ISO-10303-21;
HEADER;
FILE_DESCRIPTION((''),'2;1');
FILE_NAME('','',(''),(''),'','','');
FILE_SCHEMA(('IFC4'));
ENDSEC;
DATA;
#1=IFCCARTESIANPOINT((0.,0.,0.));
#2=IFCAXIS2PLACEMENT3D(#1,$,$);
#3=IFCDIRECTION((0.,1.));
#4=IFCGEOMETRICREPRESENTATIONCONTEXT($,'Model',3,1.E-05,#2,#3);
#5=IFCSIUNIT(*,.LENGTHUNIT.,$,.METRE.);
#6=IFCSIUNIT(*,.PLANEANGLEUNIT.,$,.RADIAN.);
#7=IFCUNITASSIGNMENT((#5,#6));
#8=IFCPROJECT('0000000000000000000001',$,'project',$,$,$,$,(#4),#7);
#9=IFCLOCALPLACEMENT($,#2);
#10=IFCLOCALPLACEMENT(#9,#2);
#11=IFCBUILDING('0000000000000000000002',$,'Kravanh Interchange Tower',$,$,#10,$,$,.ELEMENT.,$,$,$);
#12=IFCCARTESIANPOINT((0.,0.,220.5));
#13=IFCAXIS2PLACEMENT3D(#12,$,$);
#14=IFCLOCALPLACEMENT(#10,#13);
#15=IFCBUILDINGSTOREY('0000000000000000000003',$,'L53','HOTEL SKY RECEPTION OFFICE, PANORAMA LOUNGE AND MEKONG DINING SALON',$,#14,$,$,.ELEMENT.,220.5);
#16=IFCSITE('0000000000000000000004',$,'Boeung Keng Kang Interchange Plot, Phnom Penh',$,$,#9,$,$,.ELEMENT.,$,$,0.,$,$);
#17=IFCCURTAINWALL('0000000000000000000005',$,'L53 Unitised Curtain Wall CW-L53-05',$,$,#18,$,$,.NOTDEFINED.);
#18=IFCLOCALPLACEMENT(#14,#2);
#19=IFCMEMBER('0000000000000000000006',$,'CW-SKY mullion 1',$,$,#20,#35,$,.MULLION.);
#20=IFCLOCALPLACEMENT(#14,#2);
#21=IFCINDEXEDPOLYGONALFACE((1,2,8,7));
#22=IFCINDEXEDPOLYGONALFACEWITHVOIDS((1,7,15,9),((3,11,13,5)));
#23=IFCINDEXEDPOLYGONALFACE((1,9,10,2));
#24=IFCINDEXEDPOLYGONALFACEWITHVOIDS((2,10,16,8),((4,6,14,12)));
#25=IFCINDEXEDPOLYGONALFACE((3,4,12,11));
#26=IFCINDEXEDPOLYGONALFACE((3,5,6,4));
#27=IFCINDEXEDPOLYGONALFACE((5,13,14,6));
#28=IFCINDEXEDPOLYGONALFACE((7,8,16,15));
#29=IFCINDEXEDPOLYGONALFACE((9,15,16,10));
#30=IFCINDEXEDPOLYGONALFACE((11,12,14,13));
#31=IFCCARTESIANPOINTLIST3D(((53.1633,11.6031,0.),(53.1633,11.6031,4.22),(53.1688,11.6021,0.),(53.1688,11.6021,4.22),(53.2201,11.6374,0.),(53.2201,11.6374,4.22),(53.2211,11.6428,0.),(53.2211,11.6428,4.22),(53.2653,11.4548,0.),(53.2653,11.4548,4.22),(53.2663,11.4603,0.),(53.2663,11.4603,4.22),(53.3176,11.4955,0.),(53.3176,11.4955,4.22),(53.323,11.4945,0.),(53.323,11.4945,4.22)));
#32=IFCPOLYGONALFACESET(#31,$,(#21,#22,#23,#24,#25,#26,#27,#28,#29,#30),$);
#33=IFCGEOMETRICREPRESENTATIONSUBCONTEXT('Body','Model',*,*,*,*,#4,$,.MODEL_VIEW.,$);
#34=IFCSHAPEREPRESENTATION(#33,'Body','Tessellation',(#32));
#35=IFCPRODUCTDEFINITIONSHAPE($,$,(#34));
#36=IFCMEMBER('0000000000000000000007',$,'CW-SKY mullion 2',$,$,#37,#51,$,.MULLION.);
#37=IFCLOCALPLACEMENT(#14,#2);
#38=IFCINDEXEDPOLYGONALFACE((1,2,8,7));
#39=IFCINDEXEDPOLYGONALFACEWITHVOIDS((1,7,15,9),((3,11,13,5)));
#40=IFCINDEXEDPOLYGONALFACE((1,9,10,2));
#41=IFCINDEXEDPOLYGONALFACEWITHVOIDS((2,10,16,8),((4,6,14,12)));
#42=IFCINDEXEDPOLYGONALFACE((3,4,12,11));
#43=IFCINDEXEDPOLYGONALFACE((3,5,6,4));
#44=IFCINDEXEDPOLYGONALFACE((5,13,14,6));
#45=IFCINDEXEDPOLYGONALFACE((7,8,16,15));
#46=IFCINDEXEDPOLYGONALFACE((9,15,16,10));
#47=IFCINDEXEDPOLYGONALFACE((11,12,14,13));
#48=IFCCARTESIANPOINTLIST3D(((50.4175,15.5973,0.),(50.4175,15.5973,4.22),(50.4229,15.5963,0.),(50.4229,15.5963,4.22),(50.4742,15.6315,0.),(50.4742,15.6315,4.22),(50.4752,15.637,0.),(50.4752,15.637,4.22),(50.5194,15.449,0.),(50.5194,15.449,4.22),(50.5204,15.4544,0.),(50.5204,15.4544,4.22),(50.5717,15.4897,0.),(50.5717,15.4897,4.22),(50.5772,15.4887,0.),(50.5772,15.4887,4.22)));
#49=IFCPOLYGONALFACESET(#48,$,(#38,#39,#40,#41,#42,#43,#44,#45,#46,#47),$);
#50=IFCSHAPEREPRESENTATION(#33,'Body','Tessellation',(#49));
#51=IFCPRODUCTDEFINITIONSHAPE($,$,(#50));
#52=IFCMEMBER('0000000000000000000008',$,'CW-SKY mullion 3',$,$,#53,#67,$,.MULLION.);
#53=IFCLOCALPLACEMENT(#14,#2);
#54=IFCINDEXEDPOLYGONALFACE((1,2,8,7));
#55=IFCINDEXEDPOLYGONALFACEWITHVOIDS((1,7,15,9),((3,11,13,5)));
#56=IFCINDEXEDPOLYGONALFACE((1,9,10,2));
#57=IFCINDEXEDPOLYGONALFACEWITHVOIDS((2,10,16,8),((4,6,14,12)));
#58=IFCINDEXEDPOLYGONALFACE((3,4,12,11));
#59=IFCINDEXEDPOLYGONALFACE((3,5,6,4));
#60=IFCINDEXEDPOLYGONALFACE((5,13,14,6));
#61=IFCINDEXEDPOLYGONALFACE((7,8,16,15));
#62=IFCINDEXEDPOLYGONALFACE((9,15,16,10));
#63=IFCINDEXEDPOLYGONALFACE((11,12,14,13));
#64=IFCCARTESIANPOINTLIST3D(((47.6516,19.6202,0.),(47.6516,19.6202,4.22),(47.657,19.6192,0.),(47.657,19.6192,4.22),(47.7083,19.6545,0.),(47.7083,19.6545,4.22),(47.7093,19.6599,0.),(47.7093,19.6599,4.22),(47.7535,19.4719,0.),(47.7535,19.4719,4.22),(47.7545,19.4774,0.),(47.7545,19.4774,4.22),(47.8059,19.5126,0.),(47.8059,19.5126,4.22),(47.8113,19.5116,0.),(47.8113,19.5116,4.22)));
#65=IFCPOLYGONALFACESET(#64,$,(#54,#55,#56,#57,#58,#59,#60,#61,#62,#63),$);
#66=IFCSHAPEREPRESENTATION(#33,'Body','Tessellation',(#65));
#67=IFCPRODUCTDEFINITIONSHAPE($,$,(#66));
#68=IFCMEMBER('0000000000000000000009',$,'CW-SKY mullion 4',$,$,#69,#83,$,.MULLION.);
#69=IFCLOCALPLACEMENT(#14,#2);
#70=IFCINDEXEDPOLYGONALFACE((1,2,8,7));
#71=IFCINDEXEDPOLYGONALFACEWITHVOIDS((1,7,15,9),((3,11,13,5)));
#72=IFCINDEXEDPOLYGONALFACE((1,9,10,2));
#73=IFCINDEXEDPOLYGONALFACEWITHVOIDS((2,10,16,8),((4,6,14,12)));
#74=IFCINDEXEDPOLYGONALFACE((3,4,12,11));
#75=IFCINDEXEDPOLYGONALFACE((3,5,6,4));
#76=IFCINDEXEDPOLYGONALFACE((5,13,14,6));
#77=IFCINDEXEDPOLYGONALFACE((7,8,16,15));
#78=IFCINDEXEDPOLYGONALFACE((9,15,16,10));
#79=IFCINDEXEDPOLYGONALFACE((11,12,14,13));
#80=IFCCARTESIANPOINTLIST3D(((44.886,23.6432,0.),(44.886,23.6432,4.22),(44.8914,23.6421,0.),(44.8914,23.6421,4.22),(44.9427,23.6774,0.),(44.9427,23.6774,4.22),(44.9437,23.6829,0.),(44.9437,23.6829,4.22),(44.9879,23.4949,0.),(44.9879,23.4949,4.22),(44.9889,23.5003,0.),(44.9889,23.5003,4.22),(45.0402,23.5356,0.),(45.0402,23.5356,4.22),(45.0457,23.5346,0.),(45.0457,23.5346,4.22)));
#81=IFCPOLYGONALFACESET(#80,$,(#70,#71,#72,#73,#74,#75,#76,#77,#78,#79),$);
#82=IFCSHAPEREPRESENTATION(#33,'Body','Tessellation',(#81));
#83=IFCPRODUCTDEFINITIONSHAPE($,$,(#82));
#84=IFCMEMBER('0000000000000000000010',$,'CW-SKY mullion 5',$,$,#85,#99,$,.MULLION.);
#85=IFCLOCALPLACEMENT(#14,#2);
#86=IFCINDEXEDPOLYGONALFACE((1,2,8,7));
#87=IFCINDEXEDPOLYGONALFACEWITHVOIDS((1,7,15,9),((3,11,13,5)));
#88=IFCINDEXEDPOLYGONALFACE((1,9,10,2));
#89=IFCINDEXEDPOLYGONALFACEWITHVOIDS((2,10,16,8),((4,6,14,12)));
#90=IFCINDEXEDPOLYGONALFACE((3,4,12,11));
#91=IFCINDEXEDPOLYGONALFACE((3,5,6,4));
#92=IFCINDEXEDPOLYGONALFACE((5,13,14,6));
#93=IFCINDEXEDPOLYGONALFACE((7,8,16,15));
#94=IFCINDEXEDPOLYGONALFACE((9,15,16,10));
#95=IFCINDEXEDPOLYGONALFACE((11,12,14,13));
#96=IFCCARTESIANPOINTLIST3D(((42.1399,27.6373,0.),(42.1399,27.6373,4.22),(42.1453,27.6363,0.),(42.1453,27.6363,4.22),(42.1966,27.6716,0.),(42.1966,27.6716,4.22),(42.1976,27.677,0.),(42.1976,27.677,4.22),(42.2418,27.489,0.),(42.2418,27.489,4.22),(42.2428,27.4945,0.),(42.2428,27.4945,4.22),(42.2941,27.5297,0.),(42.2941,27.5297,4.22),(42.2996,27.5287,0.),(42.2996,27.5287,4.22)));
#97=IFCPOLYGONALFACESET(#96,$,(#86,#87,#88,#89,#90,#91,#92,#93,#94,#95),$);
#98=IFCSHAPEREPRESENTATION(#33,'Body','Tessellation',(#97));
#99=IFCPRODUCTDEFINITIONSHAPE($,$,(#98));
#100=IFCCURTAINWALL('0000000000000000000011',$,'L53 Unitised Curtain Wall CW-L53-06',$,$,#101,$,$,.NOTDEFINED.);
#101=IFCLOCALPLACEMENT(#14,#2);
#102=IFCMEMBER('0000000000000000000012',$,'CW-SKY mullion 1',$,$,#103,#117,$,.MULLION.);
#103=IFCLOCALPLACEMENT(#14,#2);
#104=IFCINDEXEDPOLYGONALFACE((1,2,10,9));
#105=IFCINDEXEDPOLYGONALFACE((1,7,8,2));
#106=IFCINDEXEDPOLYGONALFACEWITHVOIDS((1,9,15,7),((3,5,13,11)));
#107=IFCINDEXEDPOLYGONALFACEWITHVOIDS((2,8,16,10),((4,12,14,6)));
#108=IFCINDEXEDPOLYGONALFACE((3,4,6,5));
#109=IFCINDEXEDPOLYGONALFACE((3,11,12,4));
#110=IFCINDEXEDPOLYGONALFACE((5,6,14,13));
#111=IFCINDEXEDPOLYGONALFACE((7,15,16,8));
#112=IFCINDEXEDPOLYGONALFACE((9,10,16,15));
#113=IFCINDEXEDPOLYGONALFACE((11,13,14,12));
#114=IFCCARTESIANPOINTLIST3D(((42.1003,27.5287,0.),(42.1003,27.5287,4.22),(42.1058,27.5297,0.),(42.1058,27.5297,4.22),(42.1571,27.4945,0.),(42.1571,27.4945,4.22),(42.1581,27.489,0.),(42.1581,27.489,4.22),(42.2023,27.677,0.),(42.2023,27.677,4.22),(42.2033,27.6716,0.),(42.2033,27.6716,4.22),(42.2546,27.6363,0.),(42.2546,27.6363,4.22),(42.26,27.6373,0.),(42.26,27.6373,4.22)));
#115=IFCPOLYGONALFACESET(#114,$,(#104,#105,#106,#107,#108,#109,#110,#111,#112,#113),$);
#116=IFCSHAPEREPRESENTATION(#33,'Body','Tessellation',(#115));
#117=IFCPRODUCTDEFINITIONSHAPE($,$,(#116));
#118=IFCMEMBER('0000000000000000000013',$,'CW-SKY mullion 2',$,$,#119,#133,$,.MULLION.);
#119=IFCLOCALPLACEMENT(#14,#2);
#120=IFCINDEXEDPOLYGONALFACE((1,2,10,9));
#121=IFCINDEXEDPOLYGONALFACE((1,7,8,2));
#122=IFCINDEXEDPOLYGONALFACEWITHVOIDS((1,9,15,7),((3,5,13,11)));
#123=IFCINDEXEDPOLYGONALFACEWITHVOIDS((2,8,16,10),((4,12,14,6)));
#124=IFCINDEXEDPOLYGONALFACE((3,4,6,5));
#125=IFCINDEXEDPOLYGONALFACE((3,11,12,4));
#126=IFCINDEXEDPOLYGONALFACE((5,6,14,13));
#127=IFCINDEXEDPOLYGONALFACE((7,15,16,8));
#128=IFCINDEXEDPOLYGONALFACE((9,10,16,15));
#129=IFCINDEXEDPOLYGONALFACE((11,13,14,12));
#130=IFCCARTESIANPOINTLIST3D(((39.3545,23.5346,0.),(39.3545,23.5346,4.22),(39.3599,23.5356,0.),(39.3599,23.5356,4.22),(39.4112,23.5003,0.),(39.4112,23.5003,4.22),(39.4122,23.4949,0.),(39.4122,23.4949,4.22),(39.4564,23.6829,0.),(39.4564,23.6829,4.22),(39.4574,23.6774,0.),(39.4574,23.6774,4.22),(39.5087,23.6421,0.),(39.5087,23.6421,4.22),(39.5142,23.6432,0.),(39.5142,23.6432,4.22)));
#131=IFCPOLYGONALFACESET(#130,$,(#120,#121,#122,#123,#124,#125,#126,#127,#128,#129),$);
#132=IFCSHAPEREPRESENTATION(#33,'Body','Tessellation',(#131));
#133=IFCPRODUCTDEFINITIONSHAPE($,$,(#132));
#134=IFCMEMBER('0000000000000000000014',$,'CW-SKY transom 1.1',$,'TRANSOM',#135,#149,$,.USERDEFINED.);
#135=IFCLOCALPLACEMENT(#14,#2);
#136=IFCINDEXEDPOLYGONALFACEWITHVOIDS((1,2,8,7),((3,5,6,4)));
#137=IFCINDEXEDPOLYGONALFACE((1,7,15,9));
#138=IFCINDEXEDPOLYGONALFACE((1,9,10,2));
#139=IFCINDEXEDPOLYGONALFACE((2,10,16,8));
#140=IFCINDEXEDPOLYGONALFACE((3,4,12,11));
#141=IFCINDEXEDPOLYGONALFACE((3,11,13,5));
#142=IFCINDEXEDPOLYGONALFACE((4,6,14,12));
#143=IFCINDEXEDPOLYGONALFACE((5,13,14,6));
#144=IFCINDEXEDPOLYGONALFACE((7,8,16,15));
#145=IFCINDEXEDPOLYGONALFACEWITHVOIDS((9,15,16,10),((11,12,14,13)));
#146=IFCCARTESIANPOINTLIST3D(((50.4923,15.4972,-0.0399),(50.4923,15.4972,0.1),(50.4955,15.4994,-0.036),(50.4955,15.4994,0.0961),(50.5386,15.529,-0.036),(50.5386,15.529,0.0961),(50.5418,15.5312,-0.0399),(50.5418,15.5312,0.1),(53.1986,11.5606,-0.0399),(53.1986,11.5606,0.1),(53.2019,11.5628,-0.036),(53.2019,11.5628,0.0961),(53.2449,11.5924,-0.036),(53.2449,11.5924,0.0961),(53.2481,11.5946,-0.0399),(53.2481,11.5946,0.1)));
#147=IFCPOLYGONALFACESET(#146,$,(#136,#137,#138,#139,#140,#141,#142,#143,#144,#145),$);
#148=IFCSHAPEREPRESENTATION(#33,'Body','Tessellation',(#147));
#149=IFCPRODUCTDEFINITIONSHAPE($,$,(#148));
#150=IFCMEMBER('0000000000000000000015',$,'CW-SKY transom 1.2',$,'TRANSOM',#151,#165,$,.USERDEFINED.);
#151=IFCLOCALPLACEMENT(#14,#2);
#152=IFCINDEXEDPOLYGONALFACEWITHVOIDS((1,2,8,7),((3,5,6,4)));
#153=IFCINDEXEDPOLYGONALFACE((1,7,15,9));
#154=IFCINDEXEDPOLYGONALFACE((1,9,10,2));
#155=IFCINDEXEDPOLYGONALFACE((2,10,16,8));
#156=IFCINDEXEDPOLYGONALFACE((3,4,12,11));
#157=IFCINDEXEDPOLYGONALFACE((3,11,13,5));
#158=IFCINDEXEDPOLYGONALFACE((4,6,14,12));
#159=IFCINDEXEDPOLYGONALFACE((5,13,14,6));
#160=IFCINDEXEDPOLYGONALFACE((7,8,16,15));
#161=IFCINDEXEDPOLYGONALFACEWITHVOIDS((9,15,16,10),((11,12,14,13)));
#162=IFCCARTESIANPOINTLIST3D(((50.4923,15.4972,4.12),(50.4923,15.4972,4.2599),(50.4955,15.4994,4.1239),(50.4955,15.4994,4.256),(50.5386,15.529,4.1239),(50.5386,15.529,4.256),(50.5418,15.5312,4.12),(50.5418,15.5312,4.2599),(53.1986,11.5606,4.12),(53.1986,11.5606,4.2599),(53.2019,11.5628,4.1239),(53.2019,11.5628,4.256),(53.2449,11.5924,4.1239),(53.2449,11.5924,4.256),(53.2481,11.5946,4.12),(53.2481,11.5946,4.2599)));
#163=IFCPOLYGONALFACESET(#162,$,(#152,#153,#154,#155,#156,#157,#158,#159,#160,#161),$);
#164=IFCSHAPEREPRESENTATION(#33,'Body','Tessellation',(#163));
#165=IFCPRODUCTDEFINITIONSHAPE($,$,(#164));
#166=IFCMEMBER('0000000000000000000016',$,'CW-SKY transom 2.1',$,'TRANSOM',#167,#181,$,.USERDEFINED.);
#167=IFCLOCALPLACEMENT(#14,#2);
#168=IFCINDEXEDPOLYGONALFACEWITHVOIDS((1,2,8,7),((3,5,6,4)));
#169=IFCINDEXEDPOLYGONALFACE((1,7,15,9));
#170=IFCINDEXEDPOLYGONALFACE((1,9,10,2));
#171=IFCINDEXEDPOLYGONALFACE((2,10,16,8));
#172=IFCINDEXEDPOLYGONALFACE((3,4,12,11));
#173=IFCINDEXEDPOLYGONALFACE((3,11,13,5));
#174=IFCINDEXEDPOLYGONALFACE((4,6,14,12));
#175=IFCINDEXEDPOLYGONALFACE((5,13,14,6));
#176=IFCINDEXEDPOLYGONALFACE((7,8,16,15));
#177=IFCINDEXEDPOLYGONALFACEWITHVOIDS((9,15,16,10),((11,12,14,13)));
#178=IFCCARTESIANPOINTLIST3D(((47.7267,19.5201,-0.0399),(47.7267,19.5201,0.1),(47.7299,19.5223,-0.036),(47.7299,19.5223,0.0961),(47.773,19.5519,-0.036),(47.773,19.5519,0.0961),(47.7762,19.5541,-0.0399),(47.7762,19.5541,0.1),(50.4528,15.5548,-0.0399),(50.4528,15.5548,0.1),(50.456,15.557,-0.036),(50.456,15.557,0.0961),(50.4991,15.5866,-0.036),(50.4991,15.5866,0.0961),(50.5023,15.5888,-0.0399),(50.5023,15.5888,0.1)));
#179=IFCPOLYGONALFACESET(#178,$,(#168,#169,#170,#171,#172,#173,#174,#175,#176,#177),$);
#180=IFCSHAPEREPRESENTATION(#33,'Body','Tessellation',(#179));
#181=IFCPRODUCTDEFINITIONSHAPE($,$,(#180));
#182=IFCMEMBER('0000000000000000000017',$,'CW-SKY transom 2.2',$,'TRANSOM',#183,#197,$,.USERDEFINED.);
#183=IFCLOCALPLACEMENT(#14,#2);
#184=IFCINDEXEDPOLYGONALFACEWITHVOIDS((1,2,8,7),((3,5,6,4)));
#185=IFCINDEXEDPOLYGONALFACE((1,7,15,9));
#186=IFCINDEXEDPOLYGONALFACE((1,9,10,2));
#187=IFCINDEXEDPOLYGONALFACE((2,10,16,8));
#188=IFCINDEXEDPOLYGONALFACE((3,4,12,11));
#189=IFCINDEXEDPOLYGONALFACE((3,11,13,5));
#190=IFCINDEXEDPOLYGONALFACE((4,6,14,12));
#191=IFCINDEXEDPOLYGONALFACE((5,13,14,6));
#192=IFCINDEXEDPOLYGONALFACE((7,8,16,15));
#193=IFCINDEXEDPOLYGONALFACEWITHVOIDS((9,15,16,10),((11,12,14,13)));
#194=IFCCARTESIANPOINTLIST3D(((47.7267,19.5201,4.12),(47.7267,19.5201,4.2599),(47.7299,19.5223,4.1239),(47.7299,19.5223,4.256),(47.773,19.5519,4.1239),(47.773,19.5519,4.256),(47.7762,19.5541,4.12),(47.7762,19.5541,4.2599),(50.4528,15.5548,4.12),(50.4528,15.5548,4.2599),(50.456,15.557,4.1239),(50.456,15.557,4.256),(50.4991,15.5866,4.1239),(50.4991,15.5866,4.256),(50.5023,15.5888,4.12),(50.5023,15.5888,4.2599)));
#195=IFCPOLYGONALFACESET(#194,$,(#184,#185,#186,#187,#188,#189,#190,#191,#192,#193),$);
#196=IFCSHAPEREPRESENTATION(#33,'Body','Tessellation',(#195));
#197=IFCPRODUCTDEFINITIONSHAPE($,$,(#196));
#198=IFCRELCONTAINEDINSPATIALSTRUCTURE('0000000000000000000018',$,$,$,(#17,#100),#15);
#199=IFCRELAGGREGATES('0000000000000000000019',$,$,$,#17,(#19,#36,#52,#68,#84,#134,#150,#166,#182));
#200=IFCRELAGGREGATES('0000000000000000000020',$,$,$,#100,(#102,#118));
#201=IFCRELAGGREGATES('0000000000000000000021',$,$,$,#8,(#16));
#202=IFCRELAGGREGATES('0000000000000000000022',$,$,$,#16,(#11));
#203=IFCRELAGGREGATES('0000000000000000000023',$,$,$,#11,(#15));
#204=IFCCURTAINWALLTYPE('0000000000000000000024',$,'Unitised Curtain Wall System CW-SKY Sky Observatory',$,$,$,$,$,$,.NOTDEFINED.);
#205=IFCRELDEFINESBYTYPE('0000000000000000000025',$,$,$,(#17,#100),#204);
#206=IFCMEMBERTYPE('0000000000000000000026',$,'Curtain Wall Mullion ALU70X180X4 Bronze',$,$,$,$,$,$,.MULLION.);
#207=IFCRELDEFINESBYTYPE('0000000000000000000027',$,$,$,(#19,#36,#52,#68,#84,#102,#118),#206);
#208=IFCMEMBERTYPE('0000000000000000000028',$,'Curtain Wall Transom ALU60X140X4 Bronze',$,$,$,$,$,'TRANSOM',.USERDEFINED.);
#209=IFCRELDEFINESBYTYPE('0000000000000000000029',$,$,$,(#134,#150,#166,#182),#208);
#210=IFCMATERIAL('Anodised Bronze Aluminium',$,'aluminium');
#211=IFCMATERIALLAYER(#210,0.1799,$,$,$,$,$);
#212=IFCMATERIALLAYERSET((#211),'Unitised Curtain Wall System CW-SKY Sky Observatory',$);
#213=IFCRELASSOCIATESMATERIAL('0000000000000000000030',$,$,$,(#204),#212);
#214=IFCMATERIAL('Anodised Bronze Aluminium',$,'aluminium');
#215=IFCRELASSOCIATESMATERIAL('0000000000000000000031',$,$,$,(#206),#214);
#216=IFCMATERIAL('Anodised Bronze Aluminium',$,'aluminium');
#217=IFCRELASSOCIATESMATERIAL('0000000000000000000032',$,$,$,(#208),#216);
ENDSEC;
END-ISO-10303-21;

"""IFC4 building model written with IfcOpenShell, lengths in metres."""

from ifc_helpers import new_model, si_unit, direction, frame, origin, origin_2d, place, context, subcontext, project, spatial, hollow_rectangle, extrude, material, layer, layer_set, material_profile, profile_set, type_object, element, aggregate, save


model = new_model("IFC4")

# Units and contexts
model_context = context("Model", 3, precision=1e-05, world=origin(), true_north=direction((0.0, 1.0)))
body_context = subcontext(model_context, "Body", "Model", "MODEL_VIEW")
ifc_project = project(units=[si_unit("LENGTHUNIT", "METRE"), si_unit("PLANEANGLEUNIT", "RADIAN")], contexts=[model_context])

# Site, building, storey
site_placement = place(None, origin())
site = spatial("IfcSite", under=ifc_project, at=site_placement, Name="Boeung Keng Kang Interchange Plot, Phnom Penh", CompositionType="ELEMENT", RefElevation=0.0)
building_placement = place(site_placement, origin())
building = spatial("IfcBuilding", under=site, at=building_placement, Name="Kravanh Interchange Tower", CompositionType="ELEMENT")
storey_placement = place(building_placement, frame((0.0, 0.0, 220.5)))
storey = spatial("IfcBuildingStorey", under=building, at=storey_placement, Name="L53", Description="HOTEL SKY RECEPTION OFFICE, PANORAMA LOUNGE AND MEKONG DINING SALON", CompositionType="ELEMENT", Elevation=220.5)

# Shared definitions
ifc_material_1 = material(Name="Anodised Bronze Aluminium", Category="aluminium")
ifc_layer_1 = layer(ifc_material_1, 0.1799)
ifc_layer_set_1 = layer_set([ifc_layer_1], Name="Unitised Curtain Wall System CW-SKY Sky Observatory")
curtain_wall_type = type_object("IfcCurtainWallType", Name="Unitised Curtain Wall System CW-SKY Sky Observatory", PredefinedType="NOTDEFINED", material=ifc_layer_set_1)
ifc_material_2 = material(Name="Anodised Bronze Aluminium", Category="aluminium")
ifc_material_profile_1 = material_profile(ifc_material_2, hollow_rectangle(XDim=0.0701, YDim=0.1799, WallThickness=0.0039, at=origin_2d()), Name="ALU70X180X4")
ifc_profile_set_1 = profile_set([ifc_material_profile_1], Name="Anodised Bronze Aluminium")
member_type_1 = type_object("IfcMemberType", Name="Curtain Wall Mullion ALU70X180X4 Bronze", PredefinedType="MULLION", material=ifc_profile_set_1)

# Curtain walls, members
curtain_wall_1_placement = place(storey_placement, origin())
curtain_wall_1 = element("IfcCurtainWall", 1, at=curtain_wall_1_placement, inside=storey, type_object=curtain_wall_type, Name="L53 Unitised Curtain Wall CW-L53-05", PredefinedType="NOTDEFINED")
member_1_placement = place(storey_placement, frame((53.2432, 11.5488, 0.0), z_axis=(0.0, 0.0, 1.0), x_axis=(-0.824042, -0.566528, 0.0)))
member_1 = element("IfcMember", 2, at=member_1_placement, type_object=member_type_1, Name="CW-SKY mullion 1", PredefinedType="MULLION", context=body_context, shape_type="SweptSolid", body=[
    extrude(hollow_rectangle(XDim=0.0701, YDim=0.1799, WallThickness=0.0039, at=origin_2d()), origin(), (0.0, 0.0, 1.0), 4.22),
])
member_2_placement = place(storey_placement, frame((50.4973, 15.543, 0.0), z_axis=(0.0, 0.0, 1.0), x_axis=(-0.824042, -0.566528, 0.0)))
member_2 = element("IfcMember", 3, at=member_2_placement, type_object=member_type_1, Name="CW-SKY mullion 2", PredefinedType="MULLION", context=body_context, shape_type="SweptSolid", body=[
    extrude(hollow_rectangle(XDim=0.0701, YDim=0.1799, WallThickness=0.0039, at=origin_2d()), origin(), (0.0, 0.0, 1.0), 4.22),
])
member_3_placement = place(storey_placement, frame((47.7314, 19.5659, 0.0), z_axis=(0.0, 0.0, 1.0), x_axis=(-0.824042, -0.566528, 0.0)))
member_3 = element("IfcMember", 4, at=member_3_placement, type_object=member_type_1, Name="CW-SKY mullion 3", PredefinedType="MULLION", context=body_context, shape_type="SweptSolid", body=[
    extrude(hollow_rectangle(XDim=0.0701, YDim=0.1799, WallThickness=0.0039, at=origin_2d()), origin(), (0.0, 0.0, 1.0), 4.22),
])
member_4_placement = place(storey_placement, frame((44.9658, 23.5889, 0.0), z_axis=(0.0, 0.0, 1.0), x_axis=(-0.824042, -0.566528, 0.0)))
member_4 = element("IfcMember", 5, at=member_4_placement, type_object=member_type_1, Name="CW-SKY mullion 4", PredefinedType="MULLION", context=body_context, shape_type="SweptSolid", body=[
    extrude(hollow_rectangle(XDim=0.0701, YDim=0.1799, WallThickness=0.0039, at=origin_2d()), origin(), (0.0, 0.0, 1.0), 4.22),
])
member_5_placement = place(storey_placement, frame((42.2197, 27.583, 0.0), z_axis=(0.0, 0.0, 1.0), x_axis=(-0.824042, -0.566528, 0.0)))
member_5 = element("IfcMember", 6, at=member_5_placement, type_object=member_type_1, Name="CW-SKY mullion 5", PredefinedType="MULLION", context=body_context, shape_type="SweptSolid", body=[
    extrude(hollow_rectangle(XDim=0.0701, YDim=0.1799, WallThickness=0.0039, at=origin_2d()), origin(), (0.0, 0.0, 1.0), 4.22),
])
curtain_wall_2_placement = place(storey_placement, origin())
curtain_wall_2 = element("IfcCurtainWall", 7, at=curtain_wall_2_placement, inside=storey, type_object=curtain_wall_type, Name="L53 Unitised Curtain Wall CW-L53-06", PredefinedType="NOTDEFINED")
member_6_placement = place(storey_placement, frame((42.1802, 27.583, 0.0), z_axis=(0.0, 0.0, 1.0), x_axis=(0.824042, -0.566528, 0.0)))
member_6 = element("IfcMember", 8, at=member_6_placement, type_object=member_type_1, Name="CW-SKY mullion 1", PredefinedType="MULLION", context=body_context, shape_type="SweptSolid", body=[
    extrude(hollow_rectangle(XDim=0.0701, YDim=0.1799, WallThickness=0.0039, at=origin_2d()), origin(), (0.0, 0.0, 1.0), 4.22),
])
member_7_placement = place(storey_placement, frame((39.4343, 23.5889, 0.0), z_axis=(0.0, 0.0, 1.0), x_axis=(0.824042, -0.566528, 0.0)))
member_7 = element("IfcMember", 9, at=member_7_placement, type_object=member_type_1, Name="CW-SKY mullion 2", PredefinedType="MULLION", context=body_context, shape_type="SweptSolid", body=[
    extrude(hollow_rectangle(XDim=0.0701, YDim=0.1799, WallThickness=0.0039, at=origin_2d()), origin(), (0.0, 0.0, 1.0), 4.22),
])

# Members
ifc_material_3 = material(Name="Anodised Bronze Aluminium", Category="aluminium")
ifc_material_profile_2 = material_profile(ifc_material_3, hollow_rectangle(XDim=0.0601, YDim=0.1399, WallThickness=0.0039, at=origin_2d()), Name="ALU60X140X4")
ifc_profile_set_2 = profile_set([ifc_material_profile_2], Name="Anodised Bronze Aluminium")
member_type_2 = type_object("IfcMemberType", Name="Curtain Wall Transom ALU60X140X4 Bronze", ElementType="TRANSOM", PredefinedType="USERDEFINED", material=ifc_profile_set_2)
member_8_placement = place(storey_placement, frame((53.2234, 11.5776, 0.03), z_axis=(-0.56652, 0.824048, 0.0), x_axis=(-0.824048, -0.56652, 0.0)))
member_8 = element("IfcMember", 10, at=member_8_placement, type_object=member_type_2, Name="CW-SKY transom 1.1", ObjectType="TRANSOM", PredefinedType="USERDEFINED", context=body_context, shape_type="SweptSolid", body=[
    extrude(hollow_rectangle(XDim=0.0601, YDim=0.1399, WallThickness=0.0039, at=origin_2d()), origin(), (0.0, 0.0, 1.0), 4.7771),
])
member_9_placement = place(storey_placement, frame((53.2234, 11.5776, 4.1899), z_axis=(-0.56652, 0.824048, 0.0), x_axis=(-0.824048, -0.56652, 0.0)))
member_9 = element("IfcMember", 11, at=member_9_placement, type_object=member_type_2, Name="CW-SKY transom 1.2", ObjectType="TRANSOM", PredefinedType="USERDEFINED", context=body_context, shape_type="SweptSolid", body=[
    extrude(hollow_rectangle(XDim=0.0601, YDim=0.1399, WallThickness=0.0039, at=origin_2d()), origin(), (0.0, 0.0, 1.0), 4.7771),
])
member_10_placement = place(storey_placement, frame((50.4775, 15.5718, 0.03), z_axis=(-0.566516, 0.824051, 0.0), x_axis=(-0.824051, -0.566516, 0.0)))
member_10 = element("IfcMember", 12, at=member_10_placement, type_object=member_type_2, Name="CW-SKY transom 2.1", ObjectType="TRANSOM", PredefinedType="USERDEFINED", context=body_context, shape_type="SweptSolid", body=[
    extrude(hollow_rectangle(XDim=0.0601, YDim=0.1399, WallThickness=0.0039, at=origin_2d()), origin(), (0.0, 0.0, 1.0), 4.812),
])
member_11_placement = place(storey_placement, frame((50.4775, 15.5718, 4.1899), z_axis=(-0.566516, 0.824051, 0.0), x_axis=(-0.824051, -0.566516, 0.0)))
member_11 = element("IfcMember", 13, at=member_11_placement, type_object=member_type_2, Name="CW-SKY transom 2.2", ObjectType="TRANSOM", PredefinedType="USERDEFINED", context=body_context, shape_type="SweptSolid", body=[
    extrude(hollow_rectangle(XDim=0.0601, YDim=0.1399, WallThickness=0.0039, at=origin_2d()), origin(), (0.0, 0.0, 1.0), 4.812),
])

aggregate(curtain_wall_1, [member_1, member_2, member_3, member_4, member_5, member_8, member_9, member_10, member_11])
aggregate(curtain_wall_2, [member_6, member_7])

save(model, "model.ifc")
